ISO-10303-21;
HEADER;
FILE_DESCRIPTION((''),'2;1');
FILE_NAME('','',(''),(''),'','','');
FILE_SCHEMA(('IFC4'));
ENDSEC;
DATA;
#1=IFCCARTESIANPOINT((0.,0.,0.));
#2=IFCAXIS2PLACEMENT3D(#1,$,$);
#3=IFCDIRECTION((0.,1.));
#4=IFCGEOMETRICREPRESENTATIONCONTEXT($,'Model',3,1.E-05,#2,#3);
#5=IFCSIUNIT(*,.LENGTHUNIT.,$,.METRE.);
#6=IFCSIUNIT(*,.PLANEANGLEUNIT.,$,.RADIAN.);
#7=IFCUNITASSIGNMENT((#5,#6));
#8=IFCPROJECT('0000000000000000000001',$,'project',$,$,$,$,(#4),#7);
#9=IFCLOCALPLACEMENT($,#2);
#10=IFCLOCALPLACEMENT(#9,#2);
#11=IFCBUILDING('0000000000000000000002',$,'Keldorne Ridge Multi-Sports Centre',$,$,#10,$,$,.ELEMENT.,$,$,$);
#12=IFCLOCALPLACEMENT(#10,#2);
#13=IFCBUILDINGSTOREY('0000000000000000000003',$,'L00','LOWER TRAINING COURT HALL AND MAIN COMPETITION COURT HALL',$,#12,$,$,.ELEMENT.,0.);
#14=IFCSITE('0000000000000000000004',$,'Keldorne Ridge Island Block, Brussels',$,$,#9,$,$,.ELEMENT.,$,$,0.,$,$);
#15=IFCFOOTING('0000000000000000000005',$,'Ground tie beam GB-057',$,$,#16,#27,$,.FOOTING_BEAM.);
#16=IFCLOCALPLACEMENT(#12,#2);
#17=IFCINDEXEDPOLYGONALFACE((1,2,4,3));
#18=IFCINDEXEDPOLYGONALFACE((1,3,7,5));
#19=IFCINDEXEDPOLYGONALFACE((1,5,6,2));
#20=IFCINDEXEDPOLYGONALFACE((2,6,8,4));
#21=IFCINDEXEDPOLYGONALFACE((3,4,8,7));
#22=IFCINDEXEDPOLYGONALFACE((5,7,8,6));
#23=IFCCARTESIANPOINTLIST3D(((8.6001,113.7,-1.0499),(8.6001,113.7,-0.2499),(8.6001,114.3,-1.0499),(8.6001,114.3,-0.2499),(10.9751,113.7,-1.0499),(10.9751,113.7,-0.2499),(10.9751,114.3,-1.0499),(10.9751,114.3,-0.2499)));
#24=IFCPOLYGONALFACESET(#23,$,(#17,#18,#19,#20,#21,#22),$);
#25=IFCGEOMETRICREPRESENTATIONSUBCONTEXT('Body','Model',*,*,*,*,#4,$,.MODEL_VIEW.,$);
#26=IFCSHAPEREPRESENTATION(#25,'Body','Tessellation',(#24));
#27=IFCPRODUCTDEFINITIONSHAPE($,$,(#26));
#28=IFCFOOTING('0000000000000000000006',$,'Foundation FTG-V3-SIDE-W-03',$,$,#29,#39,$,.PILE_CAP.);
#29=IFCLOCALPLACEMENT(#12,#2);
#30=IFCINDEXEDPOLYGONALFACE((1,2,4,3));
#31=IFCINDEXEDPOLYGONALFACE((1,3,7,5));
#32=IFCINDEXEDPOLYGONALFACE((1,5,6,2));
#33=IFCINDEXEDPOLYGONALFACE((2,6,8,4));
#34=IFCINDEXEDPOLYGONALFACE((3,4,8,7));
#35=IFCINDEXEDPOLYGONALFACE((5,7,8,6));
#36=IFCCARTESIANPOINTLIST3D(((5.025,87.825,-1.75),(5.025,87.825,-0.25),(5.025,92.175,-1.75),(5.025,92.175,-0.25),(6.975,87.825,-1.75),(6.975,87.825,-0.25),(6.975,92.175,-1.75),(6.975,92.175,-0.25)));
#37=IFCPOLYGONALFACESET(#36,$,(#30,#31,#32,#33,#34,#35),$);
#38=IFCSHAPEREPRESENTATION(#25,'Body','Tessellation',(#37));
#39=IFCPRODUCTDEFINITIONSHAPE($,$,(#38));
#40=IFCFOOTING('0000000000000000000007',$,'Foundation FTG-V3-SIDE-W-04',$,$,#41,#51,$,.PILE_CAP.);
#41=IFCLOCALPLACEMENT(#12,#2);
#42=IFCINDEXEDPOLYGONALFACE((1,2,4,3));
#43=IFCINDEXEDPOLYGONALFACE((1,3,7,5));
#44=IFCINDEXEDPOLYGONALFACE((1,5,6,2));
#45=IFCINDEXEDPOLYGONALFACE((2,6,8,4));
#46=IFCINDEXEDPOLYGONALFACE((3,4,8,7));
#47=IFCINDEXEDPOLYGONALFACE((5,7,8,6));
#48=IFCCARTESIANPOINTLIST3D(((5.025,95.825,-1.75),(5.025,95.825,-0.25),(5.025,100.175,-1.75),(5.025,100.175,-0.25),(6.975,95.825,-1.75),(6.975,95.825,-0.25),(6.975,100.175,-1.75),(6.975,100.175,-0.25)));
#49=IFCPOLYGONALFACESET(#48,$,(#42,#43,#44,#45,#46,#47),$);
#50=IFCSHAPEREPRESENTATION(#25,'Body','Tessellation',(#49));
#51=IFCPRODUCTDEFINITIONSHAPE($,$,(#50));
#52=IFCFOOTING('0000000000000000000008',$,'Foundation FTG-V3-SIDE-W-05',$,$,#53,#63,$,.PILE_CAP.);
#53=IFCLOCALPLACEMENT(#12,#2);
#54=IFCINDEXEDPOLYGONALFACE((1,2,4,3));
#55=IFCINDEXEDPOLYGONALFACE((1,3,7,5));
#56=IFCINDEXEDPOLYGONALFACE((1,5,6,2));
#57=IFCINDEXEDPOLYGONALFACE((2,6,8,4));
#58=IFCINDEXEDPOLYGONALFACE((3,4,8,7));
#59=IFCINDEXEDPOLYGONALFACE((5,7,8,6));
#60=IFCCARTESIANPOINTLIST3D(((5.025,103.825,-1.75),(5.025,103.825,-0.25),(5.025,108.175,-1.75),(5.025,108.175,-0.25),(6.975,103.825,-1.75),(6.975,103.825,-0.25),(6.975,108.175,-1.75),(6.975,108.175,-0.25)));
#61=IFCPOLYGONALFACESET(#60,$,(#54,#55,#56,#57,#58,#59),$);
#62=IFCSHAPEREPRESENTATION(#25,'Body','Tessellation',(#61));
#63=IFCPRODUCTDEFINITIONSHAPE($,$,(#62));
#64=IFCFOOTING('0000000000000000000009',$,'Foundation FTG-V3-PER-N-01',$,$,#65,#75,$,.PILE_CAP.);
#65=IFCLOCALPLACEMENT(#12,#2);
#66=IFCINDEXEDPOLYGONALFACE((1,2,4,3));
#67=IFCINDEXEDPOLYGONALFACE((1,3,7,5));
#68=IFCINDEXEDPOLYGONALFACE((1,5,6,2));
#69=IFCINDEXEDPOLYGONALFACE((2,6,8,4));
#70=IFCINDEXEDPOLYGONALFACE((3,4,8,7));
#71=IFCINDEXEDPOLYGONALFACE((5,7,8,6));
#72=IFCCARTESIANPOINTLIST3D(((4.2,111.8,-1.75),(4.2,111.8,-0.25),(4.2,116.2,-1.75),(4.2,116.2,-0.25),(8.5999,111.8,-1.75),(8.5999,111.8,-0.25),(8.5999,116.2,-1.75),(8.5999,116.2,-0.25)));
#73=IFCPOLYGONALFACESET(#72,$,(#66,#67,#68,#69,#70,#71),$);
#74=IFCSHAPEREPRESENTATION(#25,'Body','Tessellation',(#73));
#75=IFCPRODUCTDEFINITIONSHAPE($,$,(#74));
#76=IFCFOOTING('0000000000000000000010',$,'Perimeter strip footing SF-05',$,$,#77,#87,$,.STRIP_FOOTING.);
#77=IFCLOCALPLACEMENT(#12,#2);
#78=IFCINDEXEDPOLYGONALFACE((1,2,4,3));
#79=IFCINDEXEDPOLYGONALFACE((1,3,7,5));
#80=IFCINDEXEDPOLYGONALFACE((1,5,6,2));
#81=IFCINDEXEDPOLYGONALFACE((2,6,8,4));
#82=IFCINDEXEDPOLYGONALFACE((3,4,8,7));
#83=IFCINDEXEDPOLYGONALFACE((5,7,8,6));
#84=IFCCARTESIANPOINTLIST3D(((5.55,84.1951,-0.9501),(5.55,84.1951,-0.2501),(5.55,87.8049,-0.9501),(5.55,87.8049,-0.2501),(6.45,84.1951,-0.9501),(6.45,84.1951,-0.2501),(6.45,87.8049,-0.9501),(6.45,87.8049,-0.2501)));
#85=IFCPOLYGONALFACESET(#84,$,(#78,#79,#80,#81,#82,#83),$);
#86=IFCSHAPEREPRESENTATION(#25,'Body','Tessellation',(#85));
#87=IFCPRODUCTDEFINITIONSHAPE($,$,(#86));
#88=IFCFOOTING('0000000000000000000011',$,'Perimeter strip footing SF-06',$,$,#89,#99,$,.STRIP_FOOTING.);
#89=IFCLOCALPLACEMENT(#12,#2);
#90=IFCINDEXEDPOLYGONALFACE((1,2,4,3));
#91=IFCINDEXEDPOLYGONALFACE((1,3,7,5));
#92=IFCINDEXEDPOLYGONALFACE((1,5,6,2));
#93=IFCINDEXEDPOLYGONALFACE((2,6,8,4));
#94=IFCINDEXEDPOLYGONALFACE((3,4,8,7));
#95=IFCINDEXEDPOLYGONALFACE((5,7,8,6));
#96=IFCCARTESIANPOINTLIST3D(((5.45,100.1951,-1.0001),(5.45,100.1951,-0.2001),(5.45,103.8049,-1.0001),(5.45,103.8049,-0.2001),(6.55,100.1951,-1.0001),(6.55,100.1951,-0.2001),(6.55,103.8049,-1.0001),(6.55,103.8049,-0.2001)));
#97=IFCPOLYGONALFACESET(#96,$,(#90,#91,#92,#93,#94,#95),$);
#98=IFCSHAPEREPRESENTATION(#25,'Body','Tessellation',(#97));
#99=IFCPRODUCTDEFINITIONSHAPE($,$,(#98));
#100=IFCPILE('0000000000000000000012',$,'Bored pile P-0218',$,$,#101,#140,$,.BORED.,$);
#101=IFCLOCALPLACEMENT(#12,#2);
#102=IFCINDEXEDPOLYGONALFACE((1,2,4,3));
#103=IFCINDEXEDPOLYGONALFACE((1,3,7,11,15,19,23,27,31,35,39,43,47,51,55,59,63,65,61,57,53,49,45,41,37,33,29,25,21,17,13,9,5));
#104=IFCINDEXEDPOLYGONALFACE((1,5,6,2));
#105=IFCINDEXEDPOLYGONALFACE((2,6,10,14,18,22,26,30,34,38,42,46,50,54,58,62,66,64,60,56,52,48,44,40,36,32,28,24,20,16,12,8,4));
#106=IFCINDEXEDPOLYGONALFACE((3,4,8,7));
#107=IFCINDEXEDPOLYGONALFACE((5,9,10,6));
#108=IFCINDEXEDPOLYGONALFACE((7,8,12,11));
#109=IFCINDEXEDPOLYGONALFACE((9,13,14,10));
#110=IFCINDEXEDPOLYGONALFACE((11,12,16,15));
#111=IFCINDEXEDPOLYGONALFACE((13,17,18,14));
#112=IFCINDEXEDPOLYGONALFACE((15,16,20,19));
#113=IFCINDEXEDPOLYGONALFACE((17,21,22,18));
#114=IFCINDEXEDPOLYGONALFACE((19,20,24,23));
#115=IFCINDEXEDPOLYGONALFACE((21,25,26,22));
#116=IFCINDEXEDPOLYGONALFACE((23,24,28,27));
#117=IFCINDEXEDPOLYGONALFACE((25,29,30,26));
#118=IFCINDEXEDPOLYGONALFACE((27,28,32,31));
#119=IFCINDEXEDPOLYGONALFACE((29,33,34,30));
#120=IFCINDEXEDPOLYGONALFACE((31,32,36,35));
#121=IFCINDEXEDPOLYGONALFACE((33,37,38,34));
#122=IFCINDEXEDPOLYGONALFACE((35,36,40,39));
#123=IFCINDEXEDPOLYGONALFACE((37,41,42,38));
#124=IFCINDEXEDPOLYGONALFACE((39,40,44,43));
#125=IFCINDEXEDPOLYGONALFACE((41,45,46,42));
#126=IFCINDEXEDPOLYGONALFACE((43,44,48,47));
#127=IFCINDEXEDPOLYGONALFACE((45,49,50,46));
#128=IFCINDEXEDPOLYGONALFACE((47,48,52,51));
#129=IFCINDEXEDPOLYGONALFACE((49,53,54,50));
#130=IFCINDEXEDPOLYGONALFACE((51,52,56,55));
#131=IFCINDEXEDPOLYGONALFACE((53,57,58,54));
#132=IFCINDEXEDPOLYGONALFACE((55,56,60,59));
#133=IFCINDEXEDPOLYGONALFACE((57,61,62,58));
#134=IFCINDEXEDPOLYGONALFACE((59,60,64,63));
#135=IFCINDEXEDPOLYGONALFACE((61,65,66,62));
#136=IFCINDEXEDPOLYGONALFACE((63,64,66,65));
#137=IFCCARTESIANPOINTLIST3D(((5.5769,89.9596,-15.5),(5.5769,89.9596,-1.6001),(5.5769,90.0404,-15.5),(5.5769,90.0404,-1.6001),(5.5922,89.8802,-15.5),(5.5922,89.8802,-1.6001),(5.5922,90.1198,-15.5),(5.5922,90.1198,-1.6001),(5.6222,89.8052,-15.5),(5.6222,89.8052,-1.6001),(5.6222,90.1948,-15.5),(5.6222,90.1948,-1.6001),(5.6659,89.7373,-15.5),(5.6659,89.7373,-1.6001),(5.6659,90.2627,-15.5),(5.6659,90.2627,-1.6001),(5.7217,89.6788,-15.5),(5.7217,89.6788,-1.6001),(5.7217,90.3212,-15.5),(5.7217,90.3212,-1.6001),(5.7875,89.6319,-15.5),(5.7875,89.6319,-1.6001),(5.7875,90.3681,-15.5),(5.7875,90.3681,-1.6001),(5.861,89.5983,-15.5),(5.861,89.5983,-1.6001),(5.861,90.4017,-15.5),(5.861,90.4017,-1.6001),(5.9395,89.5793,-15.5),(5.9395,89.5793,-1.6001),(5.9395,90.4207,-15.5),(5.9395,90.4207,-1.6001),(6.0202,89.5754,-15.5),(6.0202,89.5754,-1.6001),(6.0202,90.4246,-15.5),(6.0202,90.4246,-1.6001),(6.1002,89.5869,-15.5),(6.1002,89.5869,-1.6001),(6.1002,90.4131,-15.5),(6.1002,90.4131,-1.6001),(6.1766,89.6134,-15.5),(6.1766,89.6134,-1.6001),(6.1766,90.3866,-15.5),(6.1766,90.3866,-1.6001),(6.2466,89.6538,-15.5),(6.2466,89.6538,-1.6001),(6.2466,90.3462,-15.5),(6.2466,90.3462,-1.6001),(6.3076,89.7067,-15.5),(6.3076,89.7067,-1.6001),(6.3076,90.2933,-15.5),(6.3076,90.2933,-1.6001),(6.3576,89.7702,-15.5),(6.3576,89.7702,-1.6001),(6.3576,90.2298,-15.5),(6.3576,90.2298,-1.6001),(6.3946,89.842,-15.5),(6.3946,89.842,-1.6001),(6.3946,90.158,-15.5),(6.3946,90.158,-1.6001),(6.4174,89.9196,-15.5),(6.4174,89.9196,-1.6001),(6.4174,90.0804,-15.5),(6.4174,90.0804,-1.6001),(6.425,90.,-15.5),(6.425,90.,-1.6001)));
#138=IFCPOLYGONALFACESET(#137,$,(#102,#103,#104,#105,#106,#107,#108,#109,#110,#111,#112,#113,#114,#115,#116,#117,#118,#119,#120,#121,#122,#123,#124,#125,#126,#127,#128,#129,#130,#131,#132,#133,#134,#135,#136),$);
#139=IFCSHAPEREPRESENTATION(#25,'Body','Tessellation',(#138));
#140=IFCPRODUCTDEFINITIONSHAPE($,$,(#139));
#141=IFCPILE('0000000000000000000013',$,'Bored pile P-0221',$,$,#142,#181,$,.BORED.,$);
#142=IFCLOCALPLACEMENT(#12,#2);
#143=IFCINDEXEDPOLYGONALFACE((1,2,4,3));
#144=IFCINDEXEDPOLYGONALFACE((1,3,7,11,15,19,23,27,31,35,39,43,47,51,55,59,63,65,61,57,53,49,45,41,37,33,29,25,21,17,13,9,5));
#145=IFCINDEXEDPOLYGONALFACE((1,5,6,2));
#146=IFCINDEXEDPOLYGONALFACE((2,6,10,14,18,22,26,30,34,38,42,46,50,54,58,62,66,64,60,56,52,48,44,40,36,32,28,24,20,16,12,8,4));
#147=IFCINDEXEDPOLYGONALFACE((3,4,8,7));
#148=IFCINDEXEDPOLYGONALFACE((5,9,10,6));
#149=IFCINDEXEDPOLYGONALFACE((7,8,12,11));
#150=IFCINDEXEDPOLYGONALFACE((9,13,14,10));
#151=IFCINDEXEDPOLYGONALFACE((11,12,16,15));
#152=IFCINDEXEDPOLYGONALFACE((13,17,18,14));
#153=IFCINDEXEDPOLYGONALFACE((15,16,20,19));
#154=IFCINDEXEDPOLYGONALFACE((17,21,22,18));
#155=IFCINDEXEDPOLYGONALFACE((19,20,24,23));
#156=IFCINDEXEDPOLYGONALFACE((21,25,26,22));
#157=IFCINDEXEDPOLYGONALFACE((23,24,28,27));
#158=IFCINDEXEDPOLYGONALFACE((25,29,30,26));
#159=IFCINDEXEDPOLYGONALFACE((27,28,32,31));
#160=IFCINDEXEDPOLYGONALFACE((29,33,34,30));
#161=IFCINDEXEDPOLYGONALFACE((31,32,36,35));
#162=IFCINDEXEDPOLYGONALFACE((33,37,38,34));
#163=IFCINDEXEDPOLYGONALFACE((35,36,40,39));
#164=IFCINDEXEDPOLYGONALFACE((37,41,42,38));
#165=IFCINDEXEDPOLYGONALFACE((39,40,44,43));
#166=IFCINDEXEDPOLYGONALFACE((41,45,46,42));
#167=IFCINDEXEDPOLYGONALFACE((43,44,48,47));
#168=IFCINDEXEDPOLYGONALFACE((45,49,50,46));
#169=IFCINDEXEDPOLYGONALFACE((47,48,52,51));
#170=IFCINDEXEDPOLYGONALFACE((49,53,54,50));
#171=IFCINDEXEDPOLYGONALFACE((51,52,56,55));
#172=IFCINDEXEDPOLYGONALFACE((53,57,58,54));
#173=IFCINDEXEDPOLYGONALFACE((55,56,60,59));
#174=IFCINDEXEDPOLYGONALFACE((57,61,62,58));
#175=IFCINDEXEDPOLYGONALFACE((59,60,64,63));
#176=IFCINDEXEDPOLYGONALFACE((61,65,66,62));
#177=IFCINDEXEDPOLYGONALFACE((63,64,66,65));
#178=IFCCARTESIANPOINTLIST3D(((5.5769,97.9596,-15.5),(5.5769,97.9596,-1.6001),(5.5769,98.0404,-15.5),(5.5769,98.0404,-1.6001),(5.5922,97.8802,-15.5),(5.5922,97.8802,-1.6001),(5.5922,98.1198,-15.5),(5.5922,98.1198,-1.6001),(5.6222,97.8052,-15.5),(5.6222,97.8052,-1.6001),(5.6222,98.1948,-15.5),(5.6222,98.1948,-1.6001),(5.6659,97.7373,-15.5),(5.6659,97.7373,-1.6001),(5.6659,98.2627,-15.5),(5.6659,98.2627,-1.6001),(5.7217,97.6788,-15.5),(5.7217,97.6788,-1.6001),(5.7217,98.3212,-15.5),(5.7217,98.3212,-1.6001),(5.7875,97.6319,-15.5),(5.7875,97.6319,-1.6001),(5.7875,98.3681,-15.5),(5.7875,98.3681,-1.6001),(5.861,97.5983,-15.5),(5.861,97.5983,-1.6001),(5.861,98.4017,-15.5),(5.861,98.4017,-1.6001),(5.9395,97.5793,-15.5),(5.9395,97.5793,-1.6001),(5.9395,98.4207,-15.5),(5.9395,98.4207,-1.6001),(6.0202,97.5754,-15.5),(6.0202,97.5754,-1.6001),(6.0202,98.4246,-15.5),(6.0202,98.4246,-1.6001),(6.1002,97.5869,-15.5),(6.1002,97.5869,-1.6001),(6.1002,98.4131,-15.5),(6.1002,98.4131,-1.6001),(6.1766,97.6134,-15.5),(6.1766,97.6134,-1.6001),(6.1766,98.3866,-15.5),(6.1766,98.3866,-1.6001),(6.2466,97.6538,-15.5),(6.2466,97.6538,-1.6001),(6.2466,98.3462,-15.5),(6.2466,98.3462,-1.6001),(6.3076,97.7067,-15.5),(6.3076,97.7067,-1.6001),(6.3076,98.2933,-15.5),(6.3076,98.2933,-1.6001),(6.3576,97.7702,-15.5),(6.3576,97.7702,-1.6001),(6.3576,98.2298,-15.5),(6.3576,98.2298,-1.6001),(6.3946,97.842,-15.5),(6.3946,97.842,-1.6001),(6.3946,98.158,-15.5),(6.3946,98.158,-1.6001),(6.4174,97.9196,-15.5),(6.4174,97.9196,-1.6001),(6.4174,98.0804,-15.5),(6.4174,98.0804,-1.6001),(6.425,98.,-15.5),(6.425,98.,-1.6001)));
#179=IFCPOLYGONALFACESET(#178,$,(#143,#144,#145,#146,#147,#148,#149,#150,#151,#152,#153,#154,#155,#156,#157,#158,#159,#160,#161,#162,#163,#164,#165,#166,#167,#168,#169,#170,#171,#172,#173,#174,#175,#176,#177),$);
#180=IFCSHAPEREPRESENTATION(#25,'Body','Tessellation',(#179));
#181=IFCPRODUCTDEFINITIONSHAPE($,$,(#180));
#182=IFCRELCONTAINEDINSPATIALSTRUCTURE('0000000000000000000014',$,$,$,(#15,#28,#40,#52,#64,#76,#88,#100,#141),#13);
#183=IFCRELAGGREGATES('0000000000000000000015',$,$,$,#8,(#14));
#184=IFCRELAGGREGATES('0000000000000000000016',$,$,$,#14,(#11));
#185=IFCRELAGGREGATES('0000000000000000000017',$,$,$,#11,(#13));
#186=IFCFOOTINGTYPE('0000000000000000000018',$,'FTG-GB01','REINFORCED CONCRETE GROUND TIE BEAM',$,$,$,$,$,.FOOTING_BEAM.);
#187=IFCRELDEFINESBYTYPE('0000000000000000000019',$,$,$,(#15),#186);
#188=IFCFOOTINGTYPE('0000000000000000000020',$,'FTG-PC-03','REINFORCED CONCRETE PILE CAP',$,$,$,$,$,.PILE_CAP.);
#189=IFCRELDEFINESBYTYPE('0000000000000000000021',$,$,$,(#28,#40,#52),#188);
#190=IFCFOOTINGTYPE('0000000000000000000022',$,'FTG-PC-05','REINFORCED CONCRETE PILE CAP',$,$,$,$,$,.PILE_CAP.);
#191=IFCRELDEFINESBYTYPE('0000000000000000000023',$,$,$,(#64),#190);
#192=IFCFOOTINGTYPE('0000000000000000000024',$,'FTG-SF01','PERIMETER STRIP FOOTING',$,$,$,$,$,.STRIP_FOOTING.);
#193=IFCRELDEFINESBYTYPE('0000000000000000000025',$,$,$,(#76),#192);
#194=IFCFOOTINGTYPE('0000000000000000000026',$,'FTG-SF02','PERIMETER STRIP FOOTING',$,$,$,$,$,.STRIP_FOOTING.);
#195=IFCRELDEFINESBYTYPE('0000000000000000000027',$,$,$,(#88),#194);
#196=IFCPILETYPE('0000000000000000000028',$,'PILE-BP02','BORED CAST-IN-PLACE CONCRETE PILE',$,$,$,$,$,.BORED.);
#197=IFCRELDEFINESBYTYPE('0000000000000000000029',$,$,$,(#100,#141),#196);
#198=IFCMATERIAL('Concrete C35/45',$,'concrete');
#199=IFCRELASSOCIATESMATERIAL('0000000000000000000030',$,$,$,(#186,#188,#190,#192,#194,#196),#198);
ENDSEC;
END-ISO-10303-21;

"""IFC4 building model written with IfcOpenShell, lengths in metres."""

from ifc_helpers import new_model, si_unit, direction, frame, origin, origin_2d, place, context, subcontext, project, spatial, rectangle, circle, extrude, material, material_profile, profile_set, type_object, element, save


model = new_model("IFC4")

# Units and contexts
model_context = context("Model", 3, precision=1e-05, world=origin(), true_north=direction((0.0, 1.0)))
body_context = subcontext(model_context, "Body", "Model", "MODEL_VIEW")
ifc_project = project(units=[si_unit("LENGTHUNIT", "METRE"), si_unit("PLANEANGLEUNIT", "RADIAN")], contexts=[model_context])

# Site, building, storey
site_placement = place(None, origin())
site = spatial("IfcSite", under=ifc_project, at=site_placement, Name="Keldorne Ridge Island Block, Brussels", CompositionType="ELEMENT", RefElevation=0.0)
building_placement = place(site_placement, origin())
building = spatial("IfcBuilding", under=site, at=building_placement, Name="Keldorne Ridge Multi-Sports Centre", CompositionType="ELEMENT")
storey_placement = place(building_placement, origin())
storey = spatial("IfcBuildingStorey", under=building, at=storey_placement, Name="L00", Description="LOWER TRAINING COURT HALL AND MAIN COMPETITION COURT HALL", CompositionType="ELEMENT", Elevation=0.0)

# Footings
ifc_material_1 = material(Name="Concrete C35/45", Category="concrete")
ifc_material_profile_1 = material_profile(ifc_material_1, rectangle(XDim=0.6001, YDim=0.8, at=origin_2d()), Name="GB 600x800")
ifc_profile_set_1 = profile_set([ifc_material_profile_1], Name="Concrete C35/45")
footing_type_1 = type_object("IfcFootingType", Name="FTG-GB01", Description="REINFORCED CONCRETE GROUND TIE BEAM", PredefinedType="FOOTING_BEAM", material=ifc_profile_set_1)
footing_1_placement = place(storey_placement, frame((8.6001, 114.0, -0.6499), z_axis=(1.0, 0.0, 0.0), x_axis=(0.0, 1.0, 0.0)))
element("IfcFooting", 1, at=footing_1_placement, inside=storey, type_object=footing_type_1, Name="Ground tie beam GB-057", PredefinedType="FOOTING_BEAM", context=body_context, shape_type="SweptSolid", body=[
    extrude(rectangle(XDim=0.6001, YDim=0.8, at=origin_2d()), origin(), (0.0, 0.0, 1.0), 2.375),
])
footing_type_2 = type_object("IfcFootingType", Name="FTG-PC-03", Description="REINFORCED CONCRETE PILE CAP", PredefinedType="PILE_CAP", material=ifc_material_1)
for number, where, z_axis, x_axis, name in (
    (2, (6.0, 90.0, -1.75), (0.0, 0.0, 1.0), (1.0, 0.0, 0.0), "Foundation FTG-V3-SIDE-W-03"),
    (3, (6.0, 98.0, -1.75), (0.0, 0.0, 1.0), (1.0, 0.0, 0.0), "Foundation FTG-V3-SIDE-W-04"),
    (4, (6.0, 106.0, -1.75), (0.0, 0.0, 1.0), (1.0, 0.0, 0.0), "Foundation FTG-V3-SIDE-W-05"),
):
    element("IfcFooting", number, at=place(storey_placement, frame(where, z_axis=z_axis, x_axis=x_axis)), inside=storey, type_object=footing_type_2, Name=name, PredefinedType="PILE_CAP", context=body_context, shape_type="SweptSolid", body=[
        extrude(rectangle(XDim=1.95, YDim=4.3501, at=origin_2d()), origin(), (0.0, 0.0, 1.0), 1.5),
    ])
footing_type_3 = type_object("IfcFootingType", Name="FTG-PC-05", Description="REINFORCED CONCRETE PILE CAP", PredefinedType="PILE_CAP", material=ifc_material_1)
footing_2_placement = place(storey_placement, frame((6.3999, 114.0, -1.75), z_axis=(0.0, 0.0, 1.0), x_axis=(1.0, 0.0, 0.0)))
element("IfcFooting", 5, at=footing_2_placement, inside=storey, type_object=footing_type_3, Name="Foundation FTG-V3-PER-N-01", PredefinedType="PILE_CAP", context=body_context, shape_type="SweptSolid", body=[
    extrude(rectangle(XDim=4.3999, YDim=4.3999, at=origin_2d()), origin(), (0.0, 0.0, 1.0), 1.5),
])
ifc_material_profile_2 = material_profile(ifc_material_1, rectangle(XDim=0.8999, YDim=0.7, at=origin_2d()), Name="SF 900x700")
ifc_profile_set_2 = profile_set([ifc_material_profile_2], Name="Concrete C35/45")
footing_type_4 = type_object("IfcFootingType", Name="FTG-SF01", Description="PERIMETER STRIP FOOTING", PredefinedType="STRIP_FOOTING", material=ifc_profile_set_2)
footing_3_placement = place(storey_placement, frame((6.0, 84.1951, -0.6001), z_axis=(0.0, 1.0, 0.0), x_axis=(-1.0, 0.0, 0.0)))
element("IfcFooting", 6, at=footing_3_placement, inside=storey, type_object=footing_type_4, Name="Perimeter strip footing SF-05", PredefinedType="STRIP_FOOTING", context=body_context, shape_type="SweptSolid", body=[
    extrude(rectangle(XDim=0.8999, YDim=0.7, at=origin_2d()), origin(), (0.0, 0.0, 1.0), 3.6099),
])
ifc_material_profile_3 = material_profile(ifc_material_1, rectangle(XDim=1.1001, YDim=0.8, at=origin_2d()), Name="SF 1100x800")
ifc_profile_set_3 = profile_set([ifc_material_profile_3], Name="Concrete C35/45")
footing_type_5 = type_object("IfcFootingType", Name="FTG-SF02", Description="PERIMETER STRIP FOOTING", PredefinedType="STRIP_FOOTING", material=ifc_profile_set_3)
footing_4_placement = place(storey_placement, frame((6.0, 100.1951, -0.6001), z_axis=(0.0, 1.0, 0.0), x_axis=(-1.0, 0.0, 0.0)))
element("IfcFooting", 7, at=footing_4_placement, inside=storey, type_object=footing_type_5, Name="Perimeter strip footing SF-06", PredefinedType="STRIP_FOOTING", context=body_context, shape_type="SweptSolid", body=[
    extrude(rectangle(XDim=1.1001, YDim=0.8, at=origin_2d()), origin(), (0.0, 0.0, 1.0), 3.6099),
])

# Piles
ifc_material_profile_4 = material_profile(ifc_material_1, circle(Radius=0.425, at=origin_2d()), Name="BORED PILE D850")
ifc_profile_set_4 = profile_set([ifc_material_profile_4], Name="Concrete C35/45")
pile_type_1 = type_object("IfcPileType", Name="PILE-BP02", Description="BORED CAST-IN-PLACE CONCRETE PILE", PredefinedType="BORED", material=ifc_profile_set_4)
for number, where, z_axis, x_axis, name in (
    (8, (6.0, 90.0, -1.6001), (0.0, 0.0, -1.0), (1.0, 0.0, 0.0), "Bored pile P-0218"),
    (9, (6.0, 98.0, -1.6001), (0.0, 0.0, -1.0), (1.0, 0.0, 0.0), "Bored pile P-0221"),
):
    element("IfcPile", number, at=place(storey_placement, frame(where, z_axis=z_axis, x_axis=x_axis)), inside=storey, type_object=pile_type_1, Name=name, PredefinedType="BORED", context=body_context, shape_type="SweptSolid", body=[
        extrude(circle(Radius=0.425, at=origin_2d()), origin(), (0.0, 0.0, 1.0), 13.8999),
    ])

save(model, "model.ifc")
